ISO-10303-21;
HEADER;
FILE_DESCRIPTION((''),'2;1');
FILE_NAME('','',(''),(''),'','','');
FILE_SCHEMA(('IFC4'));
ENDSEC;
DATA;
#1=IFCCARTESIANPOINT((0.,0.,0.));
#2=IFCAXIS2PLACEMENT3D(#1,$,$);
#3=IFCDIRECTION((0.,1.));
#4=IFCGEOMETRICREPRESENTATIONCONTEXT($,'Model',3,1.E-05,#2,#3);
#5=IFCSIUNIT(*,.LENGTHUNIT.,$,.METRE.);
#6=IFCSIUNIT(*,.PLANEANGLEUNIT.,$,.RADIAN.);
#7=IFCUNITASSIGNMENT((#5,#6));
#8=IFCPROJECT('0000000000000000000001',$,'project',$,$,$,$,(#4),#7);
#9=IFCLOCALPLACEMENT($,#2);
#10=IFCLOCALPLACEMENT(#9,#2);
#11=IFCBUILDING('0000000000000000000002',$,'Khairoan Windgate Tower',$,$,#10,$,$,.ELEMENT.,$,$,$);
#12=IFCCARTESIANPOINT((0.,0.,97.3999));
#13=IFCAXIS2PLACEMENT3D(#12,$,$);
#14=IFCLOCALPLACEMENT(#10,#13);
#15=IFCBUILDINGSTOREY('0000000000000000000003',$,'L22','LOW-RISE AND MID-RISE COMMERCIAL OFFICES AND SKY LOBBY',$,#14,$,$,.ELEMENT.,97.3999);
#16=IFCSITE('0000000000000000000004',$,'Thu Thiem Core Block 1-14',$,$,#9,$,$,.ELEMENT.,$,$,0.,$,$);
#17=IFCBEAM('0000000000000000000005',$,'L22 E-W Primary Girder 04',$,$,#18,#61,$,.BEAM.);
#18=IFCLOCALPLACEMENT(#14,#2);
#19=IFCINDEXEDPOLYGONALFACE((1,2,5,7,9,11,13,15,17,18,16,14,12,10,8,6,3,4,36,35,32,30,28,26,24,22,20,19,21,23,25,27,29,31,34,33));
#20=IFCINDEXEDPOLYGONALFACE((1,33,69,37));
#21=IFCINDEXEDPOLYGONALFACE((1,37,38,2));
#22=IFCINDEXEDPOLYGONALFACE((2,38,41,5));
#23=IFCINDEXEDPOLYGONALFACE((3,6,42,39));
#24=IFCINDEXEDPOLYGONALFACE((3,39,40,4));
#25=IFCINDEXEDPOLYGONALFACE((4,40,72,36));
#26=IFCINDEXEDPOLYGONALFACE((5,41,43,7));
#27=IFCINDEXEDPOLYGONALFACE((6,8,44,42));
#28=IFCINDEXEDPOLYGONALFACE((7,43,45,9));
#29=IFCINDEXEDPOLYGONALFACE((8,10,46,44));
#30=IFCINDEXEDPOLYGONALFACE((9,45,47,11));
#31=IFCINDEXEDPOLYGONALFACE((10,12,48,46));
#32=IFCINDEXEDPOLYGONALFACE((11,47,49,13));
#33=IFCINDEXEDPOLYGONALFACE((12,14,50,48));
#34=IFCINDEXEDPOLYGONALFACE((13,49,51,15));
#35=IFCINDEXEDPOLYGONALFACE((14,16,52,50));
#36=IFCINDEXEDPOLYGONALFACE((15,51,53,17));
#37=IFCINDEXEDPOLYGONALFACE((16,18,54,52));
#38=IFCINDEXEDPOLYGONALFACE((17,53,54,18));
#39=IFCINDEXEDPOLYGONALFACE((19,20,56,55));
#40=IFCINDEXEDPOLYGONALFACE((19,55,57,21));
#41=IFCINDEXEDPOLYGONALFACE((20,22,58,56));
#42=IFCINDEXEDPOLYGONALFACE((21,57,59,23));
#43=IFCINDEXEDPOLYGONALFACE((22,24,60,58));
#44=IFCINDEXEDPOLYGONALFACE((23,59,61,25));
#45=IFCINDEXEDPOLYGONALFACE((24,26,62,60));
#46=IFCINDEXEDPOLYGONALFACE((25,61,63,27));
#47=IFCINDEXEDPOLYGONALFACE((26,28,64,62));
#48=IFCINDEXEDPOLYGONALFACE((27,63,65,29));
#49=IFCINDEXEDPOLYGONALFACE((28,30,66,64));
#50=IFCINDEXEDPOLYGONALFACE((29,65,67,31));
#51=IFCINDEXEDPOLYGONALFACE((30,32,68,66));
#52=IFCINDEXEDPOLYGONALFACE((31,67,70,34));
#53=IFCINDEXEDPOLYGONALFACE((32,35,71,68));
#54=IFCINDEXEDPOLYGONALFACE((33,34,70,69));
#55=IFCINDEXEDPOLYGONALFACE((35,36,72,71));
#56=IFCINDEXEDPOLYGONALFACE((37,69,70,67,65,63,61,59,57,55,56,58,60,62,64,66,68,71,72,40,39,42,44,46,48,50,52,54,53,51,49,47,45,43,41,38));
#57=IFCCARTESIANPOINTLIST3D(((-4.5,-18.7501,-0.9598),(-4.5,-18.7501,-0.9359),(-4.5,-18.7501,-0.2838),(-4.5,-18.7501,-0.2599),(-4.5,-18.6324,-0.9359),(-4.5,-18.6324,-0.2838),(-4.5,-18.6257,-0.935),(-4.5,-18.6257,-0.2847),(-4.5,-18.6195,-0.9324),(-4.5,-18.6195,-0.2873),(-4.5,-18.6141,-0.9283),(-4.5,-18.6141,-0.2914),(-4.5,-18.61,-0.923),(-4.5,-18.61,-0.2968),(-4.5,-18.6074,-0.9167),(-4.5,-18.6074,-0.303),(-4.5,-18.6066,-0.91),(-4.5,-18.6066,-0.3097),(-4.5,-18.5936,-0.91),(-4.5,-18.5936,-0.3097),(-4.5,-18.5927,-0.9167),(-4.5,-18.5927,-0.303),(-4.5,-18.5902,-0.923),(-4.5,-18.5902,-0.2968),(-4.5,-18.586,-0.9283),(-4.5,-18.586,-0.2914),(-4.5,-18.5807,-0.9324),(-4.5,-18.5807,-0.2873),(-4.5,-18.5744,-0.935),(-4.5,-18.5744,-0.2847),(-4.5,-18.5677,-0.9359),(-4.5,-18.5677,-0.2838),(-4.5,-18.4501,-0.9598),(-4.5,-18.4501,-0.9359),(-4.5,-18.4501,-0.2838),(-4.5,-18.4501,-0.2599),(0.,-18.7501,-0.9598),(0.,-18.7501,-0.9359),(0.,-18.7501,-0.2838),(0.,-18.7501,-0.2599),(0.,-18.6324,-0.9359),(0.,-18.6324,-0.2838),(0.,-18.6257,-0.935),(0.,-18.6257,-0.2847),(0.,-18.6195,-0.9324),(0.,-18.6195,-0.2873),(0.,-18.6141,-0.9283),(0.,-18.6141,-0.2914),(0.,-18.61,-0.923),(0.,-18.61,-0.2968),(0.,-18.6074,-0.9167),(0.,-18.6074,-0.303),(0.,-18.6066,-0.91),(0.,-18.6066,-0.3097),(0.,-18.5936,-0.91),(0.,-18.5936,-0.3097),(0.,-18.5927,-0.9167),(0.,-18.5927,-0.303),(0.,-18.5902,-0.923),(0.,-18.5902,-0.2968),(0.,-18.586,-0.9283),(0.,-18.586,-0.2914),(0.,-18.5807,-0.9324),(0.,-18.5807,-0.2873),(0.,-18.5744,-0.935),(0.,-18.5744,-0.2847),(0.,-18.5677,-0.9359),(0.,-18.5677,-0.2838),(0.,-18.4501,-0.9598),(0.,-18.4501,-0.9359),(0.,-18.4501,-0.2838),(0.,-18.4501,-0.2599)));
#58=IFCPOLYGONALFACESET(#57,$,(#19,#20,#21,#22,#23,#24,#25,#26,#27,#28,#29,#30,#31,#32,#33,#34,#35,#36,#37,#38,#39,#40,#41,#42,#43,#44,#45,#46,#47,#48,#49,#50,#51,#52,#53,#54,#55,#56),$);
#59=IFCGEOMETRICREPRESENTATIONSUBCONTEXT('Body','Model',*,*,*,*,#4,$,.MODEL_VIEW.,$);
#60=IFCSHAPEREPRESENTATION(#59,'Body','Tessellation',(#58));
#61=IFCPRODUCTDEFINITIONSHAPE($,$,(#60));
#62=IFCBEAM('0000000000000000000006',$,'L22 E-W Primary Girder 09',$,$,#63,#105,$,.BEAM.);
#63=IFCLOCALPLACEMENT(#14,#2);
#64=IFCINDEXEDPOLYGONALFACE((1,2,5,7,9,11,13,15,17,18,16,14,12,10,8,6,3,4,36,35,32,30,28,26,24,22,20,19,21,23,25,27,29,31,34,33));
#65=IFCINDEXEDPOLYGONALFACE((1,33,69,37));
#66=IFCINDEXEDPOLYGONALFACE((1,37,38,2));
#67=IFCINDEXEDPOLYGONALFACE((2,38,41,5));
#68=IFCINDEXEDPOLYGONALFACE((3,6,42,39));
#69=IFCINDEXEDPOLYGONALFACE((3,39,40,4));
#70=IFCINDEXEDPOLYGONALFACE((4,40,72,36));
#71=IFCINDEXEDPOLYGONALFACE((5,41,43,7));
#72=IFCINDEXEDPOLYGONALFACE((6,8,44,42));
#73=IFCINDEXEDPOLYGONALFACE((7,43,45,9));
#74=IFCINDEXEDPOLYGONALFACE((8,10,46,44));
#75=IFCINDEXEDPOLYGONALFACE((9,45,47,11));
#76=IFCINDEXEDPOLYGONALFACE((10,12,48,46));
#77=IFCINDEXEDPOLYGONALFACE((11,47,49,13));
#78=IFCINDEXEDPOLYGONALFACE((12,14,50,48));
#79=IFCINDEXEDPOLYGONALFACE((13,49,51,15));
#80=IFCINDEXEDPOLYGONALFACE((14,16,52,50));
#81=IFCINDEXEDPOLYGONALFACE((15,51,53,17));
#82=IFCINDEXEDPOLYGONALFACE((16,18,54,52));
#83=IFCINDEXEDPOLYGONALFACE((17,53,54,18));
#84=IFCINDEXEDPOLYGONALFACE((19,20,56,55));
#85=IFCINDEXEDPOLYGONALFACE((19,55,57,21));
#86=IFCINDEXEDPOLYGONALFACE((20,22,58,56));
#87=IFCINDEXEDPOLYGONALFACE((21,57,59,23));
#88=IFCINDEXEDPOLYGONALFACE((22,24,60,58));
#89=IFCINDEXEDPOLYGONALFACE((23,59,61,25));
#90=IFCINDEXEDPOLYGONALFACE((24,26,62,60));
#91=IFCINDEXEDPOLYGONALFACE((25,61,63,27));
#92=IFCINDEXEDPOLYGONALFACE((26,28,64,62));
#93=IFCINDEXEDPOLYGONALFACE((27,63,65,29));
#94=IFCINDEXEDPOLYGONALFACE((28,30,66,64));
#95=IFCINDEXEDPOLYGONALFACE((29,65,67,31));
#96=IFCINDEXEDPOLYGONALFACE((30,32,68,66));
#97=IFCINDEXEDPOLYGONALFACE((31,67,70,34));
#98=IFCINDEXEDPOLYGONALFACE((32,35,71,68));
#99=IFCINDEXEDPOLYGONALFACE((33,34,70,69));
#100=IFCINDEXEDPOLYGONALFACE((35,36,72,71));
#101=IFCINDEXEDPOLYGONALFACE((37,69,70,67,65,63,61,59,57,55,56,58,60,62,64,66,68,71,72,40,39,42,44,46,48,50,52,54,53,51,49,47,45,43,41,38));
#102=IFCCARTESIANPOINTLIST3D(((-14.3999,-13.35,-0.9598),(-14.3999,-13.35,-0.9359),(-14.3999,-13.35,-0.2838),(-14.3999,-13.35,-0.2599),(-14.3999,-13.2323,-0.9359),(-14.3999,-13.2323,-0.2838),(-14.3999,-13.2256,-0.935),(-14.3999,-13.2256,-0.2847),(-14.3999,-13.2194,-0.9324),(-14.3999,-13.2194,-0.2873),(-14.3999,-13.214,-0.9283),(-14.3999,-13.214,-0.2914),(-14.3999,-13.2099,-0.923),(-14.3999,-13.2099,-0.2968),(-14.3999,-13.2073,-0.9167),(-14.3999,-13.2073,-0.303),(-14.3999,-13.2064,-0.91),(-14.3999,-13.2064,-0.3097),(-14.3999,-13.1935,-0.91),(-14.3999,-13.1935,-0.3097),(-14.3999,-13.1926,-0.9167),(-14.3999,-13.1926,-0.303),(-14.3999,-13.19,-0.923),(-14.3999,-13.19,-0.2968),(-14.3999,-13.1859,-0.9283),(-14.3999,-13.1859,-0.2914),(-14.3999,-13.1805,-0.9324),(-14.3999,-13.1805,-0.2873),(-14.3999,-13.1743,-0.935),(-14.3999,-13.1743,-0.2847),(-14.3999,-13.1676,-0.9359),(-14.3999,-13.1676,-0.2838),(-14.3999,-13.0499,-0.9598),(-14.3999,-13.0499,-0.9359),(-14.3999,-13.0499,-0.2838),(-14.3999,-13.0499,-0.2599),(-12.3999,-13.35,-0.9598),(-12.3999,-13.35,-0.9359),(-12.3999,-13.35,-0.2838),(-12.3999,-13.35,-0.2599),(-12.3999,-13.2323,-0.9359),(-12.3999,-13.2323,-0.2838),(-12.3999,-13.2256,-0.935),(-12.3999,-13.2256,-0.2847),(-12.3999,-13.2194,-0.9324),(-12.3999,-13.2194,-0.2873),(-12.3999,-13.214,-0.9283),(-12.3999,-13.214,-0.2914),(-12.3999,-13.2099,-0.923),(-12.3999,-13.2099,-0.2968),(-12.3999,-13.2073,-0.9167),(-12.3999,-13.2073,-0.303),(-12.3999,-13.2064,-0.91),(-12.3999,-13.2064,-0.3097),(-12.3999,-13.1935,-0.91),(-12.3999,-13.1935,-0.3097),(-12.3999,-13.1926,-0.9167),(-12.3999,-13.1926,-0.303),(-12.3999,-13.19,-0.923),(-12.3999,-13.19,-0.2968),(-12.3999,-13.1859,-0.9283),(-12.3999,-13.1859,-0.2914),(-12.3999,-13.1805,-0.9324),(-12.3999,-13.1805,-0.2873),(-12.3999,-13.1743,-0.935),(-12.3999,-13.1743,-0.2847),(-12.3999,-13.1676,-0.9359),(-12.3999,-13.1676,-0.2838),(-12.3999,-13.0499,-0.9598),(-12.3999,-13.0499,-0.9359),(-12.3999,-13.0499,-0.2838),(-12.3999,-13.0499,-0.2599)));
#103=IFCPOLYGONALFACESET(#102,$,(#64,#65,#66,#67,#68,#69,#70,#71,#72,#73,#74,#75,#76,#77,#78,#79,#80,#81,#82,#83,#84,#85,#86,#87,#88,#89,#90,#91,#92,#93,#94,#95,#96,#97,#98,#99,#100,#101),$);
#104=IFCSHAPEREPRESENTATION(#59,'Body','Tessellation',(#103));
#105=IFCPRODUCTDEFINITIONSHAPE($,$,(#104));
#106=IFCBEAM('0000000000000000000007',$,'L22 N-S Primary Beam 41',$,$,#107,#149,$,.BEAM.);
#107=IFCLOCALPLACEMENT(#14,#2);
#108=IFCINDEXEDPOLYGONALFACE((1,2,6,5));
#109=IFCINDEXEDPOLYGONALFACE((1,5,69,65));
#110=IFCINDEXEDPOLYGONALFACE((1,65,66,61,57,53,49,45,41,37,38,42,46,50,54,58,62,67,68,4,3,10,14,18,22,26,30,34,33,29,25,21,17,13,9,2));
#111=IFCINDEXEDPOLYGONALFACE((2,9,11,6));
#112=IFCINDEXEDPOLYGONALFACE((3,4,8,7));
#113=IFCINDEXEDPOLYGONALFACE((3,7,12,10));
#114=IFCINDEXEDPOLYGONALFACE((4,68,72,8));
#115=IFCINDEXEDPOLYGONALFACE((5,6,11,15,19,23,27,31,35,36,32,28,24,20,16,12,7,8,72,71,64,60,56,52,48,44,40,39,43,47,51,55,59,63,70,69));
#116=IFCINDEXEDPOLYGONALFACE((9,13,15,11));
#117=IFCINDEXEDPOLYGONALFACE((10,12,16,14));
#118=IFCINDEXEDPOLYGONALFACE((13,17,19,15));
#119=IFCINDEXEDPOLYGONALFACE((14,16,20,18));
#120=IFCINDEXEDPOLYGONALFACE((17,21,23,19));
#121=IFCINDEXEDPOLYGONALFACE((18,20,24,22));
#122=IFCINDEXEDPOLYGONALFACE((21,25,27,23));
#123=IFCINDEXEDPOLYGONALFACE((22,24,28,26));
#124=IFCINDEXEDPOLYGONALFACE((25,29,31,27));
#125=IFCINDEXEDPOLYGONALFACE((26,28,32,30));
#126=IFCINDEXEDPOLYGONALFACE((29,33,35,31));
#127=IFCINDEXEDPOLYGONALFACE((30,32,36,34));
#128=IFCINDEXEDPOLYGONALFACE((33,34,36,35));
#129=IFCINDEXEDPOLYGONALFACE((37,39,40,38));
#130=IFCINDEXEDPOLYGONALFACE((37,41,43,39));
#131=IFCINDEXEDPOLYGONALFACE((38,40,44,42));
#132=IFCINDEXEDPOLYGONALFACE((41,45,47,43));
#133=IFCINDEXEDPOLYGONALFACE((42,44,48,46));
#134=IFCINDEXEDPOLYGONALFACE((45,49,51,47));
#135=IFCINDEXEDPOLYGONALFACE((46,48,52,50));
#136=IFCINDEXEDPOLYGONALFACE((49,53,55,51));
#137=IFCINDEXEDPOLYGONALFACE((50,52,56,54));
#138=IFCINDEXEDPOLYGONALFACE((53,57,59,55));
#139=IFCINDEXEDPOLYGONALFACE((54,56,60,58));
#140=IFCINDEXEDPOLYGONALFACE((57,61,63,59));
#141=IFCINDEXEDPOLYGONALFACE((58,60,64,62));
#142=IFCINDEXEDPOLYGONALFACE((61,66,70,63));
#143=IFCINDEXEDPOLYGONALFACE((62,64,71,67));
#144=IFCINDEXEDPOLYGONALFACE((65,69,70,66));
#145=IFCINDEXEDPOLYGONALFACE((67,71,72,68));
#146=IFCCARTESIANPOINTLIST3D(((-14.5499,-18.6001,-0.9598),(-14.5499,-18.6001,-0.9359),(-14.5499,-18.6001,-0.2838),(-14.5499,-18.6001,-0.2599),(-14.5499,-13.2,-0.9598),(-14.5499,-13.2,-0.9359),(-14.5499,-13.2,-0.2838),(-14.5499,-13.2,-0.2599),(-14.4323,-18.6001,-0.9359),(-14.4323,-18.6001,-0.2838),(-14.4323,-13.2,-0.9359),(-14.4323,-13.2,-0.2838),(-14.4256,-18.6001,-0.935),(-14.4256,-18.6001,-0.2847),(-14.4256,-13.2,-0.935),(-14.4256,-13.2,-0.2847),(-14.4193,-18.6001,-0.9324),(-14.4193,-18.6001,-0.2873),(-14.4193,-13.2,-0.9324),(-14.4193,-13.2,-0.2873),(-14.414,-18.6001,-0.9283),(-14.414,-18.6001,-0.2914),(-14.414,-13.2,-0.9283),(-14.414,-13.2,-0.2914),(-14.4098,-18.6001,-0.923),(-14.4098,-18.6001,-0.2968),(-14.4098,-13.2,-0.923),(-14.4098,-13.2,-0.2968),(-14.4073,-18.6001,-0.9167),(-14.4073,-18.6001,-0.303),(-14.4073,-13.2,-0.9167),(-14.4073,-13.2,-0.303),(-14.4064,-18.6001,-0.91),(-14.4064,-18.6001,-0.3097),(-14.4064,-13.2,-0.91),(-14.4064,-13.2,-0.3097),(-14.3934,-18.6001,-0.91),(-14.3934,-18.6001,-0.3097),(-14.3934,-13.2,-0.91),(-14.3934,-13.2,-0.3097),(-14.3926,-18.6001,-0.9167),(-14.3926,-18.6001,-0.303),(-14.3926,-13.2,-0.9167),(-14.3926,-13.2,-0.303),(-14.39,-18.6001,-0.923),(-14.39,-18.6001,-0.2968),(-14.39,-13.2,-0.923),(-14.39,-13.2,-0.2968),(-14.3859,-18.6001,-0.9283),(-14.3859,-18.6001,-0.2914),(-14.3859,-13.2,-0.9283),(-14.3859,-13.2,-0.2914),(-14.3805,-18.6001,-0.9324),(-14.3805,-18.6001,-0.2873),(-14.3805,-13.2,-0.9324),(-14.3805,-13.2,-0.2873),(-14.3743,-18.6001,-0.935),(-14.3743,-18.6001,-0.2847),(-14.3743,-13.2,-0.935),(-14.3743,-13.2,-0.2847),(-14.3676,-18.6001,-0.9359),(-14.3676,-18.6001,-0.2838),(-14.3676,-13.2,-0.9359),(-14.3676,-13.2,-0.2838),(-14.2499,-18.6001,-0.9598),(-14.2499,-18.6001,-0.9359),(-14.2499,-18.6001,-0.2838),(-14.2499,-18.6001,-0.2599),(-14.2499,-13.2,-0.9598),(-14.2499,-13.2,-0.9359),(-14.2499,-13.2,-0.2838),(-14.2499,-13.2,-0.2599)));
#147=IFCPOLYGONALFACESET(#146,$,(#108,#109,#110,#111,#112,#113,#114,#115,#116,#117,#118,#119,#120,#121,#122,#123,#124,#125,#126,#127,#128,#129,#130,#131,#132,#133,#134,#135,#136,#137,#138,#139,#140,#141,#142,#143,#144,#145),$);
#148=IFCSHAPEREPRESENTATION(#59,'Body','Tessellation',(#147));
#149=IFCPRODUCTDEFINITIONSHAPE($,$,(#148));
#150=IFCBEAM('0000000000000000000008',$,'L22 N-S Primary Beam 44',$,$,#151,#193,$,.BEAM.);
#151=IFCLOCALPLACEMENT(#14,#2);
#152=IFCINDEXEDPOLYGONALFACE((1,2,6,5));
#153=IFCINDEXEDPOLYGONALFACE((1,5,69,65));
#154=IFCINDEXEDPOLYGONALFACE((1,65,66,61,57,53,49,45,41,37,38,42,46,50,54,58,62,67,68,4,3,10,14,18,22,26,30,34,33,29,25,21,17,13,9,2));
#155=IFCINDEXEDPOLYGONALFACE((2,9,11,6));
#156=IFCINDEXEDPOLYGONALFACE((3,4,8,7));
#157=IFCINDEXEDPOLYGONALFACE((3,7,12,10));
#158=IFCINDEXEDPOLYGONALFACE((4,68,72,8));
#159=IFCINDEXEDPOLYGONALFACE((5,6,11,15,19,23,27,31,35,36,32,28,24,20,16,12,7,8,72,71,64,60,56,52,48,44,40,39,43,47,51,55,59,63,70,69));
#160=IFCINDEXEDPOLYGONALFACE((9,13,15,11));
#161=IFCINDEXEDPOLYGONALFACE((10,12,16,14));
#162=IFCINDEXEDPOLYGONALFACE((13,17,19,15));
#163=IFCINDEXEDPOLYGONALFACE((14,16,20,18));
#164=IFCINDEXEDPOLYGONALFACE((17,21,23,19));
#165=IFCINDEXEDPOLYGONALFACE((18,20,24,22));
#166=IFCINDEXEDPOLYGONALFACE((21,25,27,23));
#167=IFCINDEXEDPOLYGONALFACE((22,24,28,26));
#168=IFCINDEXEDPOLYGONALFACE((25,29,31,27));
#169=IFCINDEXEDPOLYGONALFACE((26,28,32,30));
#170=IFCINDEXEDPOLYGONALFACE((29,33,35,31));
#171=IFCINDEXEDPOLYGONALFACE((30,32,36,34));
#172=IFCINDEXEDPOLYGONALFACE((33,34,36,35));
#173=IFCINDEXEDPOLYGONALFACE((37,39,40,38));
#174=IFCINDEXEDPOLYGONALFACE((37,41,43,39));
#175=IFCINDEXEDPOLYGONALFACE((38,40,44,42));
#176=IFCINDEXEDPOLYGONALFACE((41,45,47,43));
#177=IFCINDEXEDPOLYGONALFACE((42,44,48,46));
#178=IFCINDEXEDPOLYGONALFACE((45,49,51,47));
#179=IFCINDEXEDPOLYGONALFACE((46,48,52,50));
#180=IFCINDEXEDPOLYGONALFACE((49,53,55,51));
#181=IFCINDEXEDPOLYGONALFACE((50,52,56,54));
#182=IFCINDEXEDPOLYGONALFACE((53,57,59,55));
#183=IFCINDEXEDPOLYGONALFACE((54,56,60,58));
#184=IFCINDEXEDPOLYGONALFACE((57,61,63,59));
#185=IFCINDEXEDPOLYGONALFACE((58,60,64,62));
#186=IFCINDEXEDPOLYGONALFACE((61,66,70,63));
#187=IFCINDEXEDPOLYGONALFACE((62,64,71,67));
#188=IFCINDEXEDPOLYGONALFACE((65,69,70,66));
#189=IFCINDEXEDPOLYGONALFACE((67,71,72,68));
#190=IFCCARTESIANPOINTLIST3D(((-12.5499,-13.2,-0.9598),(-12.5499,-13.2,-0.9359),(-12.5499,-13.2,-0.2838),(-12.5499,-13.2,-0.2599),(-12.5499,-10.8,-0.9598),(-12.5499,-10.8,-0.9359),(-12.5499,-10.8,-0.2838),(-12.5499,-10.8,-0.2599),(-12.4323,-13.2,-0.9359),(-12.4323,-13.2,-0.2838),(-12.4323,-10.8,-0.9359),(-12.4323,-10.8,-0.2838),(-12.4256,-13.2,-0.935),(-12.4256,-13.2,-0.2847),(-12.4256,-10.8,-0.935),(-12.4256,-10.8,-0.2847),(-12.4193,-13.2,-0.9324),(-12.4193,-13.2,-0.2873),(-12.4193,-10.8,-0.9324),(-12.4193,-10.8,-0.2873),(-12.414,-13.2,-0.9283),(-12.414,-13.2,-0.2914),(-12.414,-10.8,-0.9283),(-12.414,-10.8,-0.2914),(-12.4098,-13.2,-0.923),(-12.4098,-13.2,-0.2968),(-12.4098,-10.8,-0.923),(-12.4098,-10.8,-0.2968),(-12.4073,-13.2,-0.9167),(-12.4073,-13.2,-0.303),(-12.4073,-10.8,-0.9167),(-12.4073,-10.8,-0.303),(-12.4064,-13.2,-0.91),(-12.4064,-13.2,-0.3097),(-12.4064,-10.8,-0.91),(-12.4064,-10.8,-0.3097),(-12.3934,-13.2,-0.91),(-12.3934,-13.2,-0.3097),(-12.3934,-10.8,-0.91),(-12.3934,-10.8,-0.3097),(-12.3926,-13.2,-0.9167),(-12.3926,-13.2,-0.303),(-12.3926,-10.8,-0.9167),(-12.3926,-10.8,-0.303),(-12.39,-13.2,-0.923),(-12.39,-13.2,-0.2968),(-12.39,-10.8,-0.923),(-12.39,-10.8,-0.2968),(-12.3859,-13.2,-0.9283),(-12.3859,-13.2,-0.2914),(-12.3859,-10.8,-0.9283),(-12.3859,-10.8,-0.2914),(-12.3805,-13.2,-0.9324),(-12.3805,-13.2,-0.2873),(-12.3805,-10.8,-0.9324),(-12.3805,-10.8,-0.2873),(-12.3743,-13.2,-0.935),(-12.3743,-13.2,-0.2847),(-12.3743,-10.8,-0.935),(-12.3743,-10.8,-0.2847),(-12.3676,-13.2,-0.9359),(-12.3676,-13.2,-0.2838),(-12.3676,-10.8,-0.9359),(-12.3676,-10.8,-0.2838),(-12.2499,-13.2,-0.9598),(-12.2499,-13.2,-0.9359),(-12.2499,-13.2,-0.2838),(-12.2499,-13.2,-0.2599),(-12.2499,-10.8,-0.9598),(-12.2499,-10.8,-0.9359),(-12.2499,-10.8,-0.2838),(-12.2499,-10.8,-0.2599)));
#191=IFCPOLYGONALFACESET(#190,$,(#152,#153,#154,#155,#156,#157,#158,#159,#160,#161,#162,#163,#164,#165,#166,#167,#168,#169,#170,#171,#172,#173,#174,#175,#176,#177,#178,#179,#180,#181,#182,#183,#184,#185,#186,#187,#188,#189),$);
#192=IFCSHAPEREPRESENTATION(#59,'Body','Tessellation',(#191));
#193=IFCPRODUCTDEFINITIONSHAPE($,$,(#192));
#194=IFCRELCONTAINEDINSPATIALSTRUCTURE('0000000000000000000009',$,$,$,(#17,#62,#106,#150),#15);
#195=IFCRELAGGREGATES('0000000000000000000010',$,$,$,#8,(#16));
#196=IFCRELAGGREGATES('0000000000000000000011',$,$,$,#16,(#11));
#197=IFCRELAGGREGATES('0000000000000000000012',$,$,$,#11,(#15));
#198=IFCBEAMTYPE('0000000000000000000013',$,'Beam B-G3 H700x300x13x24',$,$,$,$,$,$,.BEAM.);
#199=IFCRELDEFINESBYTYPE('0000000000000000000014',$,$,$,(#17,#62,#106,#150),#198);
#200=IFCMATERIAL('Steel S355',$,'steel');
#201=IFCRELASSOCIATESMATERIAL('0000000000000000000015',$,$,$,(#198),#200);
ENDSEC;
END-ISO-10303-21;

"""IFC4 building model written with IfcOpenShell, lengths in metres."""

from ifc_helpers import new_model, si_unit, direction, frame, origin, origin_2d, place, context, subcontext, project, spatial, i_section, extrude, material, material_profile, profile_set, type_object, element, save


model = new_model("IFC4")

# Units and contexts
model_context = context("Model", 3, precision=1e-05, world=origin(), true_north=direction((0.0, 1.0)))
body_context = subcontext(model_context, "Body", "Model", "MODEL_VIEW")
ifc_project = project(units=[si_unit("LENGTHUNIT", "METRE"), si_unit("PLANEANGLEUNIT", "RADIAN")], contexts=[model_context])

# Site, building, storey
site_placement = place(None, origin())
site = spatial("IfcSite", under=ifc_project, at=site_placement, Name="Thu Thiem Core Block 1-14", CompositionType="ELEMENT", RefElevation=0.0)
building_placement = place(site_placement, origin())
building = spatial("IfcBuilding", under=site, at=building_placement, Name="Khairoan Windgate Tower", CompositionType="ELEMENT")
storey_placement = place(building_placement, frame((0.0, 0.0, 97.3999)))
storey = spatial("IfcBuildingStorey", under=building, at=storey_placement, Name="L22", Description="LOW-RISE AND MID-RISE COMMERCIAL OFFICES AND SKY LOBBY", CompositionType="ELEMENT", Elevation=97.3999)

# Beams
ifc_material_1 = material(Name="Steel S355", Category="steel")
ifc_material_profile_1 = material_profile(ifc_material_1, i_section(OverallWidth=0.3, OverallDepth=0.7, WebThickness=0.0129, FlangeThickness=0.0239, FilletRadius=0.0259, at=origin_2d()))
ifc_profile_set_1 = profile_set([ifc_material_profile_1], Name="Steel S355")
beam_type_1 = type_object("IfcBeamType", Name="Beam B-G3 H700x300x13x24", PredefinedType="BEAM", material=ifc_profile_set_1)
beam_1_placement = place(storey_placement, frame((-4.5, -18.6001, -0.6099), z_axis=(1.0, 0.0, 0.0), x_axis=(0.0, 1.0, 0.0)))
element("IfcBeam", 1, at=beam_1_placement, inside=storey, type_object=beam_type_1, Name="L22 E-W Primary Girder 04", PredefinedType="BEAM", context=body_context, shape_type="SweptSolid", body=[
    extrude(i_section(OverallWidth=0.3, OverallDepth=0.7, WebThickness=0.0129, FlangeThickness=0.0239, FilletRadius=0.0259, at=origin_2d()), origin(), (0.0, 0.0, 1.0), 4.5),
])
beam_2_placement = place(storey_placement, frame((-14.3999, -13.2, -0.6099), z_axis=(1.0, 0.0, 0.0), x_axis=(0.0, 1.0, 0.0)))
element("IfcBeam", 2, at=beam_2_placement, inside=storey, type_object=beam_type_1, Name="L22 E-W Primary Girder 09", PredefinedType="BEAM", context=body_context, shape_type="SweptSolid", body=[
    extrude(i_section(OverallWidth=0.3, OverallDepth=0.7, WebThickness=0.0129, FlangeThickness=0.0239, FilletRadius=0.0259, at=origin_2d()), origin(), (0.0, 0.0, 1.0), 2.0),
])
beam_3_placement = place(storey_placement, frame((-14.3999, -18.6001, -0.6099), z_axis=(0.0, 1.0, 0.0), x_axis=(-1.0, 0.0, 0.0)))
element("IfcBeam", 3, at=beam_3_placement, inside=storey, type_object=beam_type_1, Name="L22 N-S Primary Beam 41", PredefinedType="BEAM", context=body_context, shape_type="SweptSolid", body=[
    extrude(i_section(OverallWidth=0.3, OverallDepth=0.7, WebThickness=0.0129, FlangeThickness=0.0239, FilletRadius=0.0259, at=origin_2d()), origin(), (0.0, 0.0, 1.0), 5.4001),
])
beam_4_placement = place(storey_placement, frame((-12.3999, -13.2, -0.6099), z_axis=(0.0, 1.0, 0.0), x_axis=(-1.0, 0.0, 0.0)))
element("IfcBeam", 4, at=beam_4_placement, inside=storey, type_object=beam_type_1, Name="L22 N-S Primary Beam 44", PredefinedType="BEAM", context=body_context, shape_type="SweptSolid", body=[
    extrude(i_section(OverallWidth=0.3, OverallDepth=0.7, WebThickness=0.0129, FlangeThickness=0.0239, FilletRadius=0.0259, at=origin_2d()), origin(), (0.0, 0.0, 1.0), 2.3999),
])

save(model, "model.ifc")
